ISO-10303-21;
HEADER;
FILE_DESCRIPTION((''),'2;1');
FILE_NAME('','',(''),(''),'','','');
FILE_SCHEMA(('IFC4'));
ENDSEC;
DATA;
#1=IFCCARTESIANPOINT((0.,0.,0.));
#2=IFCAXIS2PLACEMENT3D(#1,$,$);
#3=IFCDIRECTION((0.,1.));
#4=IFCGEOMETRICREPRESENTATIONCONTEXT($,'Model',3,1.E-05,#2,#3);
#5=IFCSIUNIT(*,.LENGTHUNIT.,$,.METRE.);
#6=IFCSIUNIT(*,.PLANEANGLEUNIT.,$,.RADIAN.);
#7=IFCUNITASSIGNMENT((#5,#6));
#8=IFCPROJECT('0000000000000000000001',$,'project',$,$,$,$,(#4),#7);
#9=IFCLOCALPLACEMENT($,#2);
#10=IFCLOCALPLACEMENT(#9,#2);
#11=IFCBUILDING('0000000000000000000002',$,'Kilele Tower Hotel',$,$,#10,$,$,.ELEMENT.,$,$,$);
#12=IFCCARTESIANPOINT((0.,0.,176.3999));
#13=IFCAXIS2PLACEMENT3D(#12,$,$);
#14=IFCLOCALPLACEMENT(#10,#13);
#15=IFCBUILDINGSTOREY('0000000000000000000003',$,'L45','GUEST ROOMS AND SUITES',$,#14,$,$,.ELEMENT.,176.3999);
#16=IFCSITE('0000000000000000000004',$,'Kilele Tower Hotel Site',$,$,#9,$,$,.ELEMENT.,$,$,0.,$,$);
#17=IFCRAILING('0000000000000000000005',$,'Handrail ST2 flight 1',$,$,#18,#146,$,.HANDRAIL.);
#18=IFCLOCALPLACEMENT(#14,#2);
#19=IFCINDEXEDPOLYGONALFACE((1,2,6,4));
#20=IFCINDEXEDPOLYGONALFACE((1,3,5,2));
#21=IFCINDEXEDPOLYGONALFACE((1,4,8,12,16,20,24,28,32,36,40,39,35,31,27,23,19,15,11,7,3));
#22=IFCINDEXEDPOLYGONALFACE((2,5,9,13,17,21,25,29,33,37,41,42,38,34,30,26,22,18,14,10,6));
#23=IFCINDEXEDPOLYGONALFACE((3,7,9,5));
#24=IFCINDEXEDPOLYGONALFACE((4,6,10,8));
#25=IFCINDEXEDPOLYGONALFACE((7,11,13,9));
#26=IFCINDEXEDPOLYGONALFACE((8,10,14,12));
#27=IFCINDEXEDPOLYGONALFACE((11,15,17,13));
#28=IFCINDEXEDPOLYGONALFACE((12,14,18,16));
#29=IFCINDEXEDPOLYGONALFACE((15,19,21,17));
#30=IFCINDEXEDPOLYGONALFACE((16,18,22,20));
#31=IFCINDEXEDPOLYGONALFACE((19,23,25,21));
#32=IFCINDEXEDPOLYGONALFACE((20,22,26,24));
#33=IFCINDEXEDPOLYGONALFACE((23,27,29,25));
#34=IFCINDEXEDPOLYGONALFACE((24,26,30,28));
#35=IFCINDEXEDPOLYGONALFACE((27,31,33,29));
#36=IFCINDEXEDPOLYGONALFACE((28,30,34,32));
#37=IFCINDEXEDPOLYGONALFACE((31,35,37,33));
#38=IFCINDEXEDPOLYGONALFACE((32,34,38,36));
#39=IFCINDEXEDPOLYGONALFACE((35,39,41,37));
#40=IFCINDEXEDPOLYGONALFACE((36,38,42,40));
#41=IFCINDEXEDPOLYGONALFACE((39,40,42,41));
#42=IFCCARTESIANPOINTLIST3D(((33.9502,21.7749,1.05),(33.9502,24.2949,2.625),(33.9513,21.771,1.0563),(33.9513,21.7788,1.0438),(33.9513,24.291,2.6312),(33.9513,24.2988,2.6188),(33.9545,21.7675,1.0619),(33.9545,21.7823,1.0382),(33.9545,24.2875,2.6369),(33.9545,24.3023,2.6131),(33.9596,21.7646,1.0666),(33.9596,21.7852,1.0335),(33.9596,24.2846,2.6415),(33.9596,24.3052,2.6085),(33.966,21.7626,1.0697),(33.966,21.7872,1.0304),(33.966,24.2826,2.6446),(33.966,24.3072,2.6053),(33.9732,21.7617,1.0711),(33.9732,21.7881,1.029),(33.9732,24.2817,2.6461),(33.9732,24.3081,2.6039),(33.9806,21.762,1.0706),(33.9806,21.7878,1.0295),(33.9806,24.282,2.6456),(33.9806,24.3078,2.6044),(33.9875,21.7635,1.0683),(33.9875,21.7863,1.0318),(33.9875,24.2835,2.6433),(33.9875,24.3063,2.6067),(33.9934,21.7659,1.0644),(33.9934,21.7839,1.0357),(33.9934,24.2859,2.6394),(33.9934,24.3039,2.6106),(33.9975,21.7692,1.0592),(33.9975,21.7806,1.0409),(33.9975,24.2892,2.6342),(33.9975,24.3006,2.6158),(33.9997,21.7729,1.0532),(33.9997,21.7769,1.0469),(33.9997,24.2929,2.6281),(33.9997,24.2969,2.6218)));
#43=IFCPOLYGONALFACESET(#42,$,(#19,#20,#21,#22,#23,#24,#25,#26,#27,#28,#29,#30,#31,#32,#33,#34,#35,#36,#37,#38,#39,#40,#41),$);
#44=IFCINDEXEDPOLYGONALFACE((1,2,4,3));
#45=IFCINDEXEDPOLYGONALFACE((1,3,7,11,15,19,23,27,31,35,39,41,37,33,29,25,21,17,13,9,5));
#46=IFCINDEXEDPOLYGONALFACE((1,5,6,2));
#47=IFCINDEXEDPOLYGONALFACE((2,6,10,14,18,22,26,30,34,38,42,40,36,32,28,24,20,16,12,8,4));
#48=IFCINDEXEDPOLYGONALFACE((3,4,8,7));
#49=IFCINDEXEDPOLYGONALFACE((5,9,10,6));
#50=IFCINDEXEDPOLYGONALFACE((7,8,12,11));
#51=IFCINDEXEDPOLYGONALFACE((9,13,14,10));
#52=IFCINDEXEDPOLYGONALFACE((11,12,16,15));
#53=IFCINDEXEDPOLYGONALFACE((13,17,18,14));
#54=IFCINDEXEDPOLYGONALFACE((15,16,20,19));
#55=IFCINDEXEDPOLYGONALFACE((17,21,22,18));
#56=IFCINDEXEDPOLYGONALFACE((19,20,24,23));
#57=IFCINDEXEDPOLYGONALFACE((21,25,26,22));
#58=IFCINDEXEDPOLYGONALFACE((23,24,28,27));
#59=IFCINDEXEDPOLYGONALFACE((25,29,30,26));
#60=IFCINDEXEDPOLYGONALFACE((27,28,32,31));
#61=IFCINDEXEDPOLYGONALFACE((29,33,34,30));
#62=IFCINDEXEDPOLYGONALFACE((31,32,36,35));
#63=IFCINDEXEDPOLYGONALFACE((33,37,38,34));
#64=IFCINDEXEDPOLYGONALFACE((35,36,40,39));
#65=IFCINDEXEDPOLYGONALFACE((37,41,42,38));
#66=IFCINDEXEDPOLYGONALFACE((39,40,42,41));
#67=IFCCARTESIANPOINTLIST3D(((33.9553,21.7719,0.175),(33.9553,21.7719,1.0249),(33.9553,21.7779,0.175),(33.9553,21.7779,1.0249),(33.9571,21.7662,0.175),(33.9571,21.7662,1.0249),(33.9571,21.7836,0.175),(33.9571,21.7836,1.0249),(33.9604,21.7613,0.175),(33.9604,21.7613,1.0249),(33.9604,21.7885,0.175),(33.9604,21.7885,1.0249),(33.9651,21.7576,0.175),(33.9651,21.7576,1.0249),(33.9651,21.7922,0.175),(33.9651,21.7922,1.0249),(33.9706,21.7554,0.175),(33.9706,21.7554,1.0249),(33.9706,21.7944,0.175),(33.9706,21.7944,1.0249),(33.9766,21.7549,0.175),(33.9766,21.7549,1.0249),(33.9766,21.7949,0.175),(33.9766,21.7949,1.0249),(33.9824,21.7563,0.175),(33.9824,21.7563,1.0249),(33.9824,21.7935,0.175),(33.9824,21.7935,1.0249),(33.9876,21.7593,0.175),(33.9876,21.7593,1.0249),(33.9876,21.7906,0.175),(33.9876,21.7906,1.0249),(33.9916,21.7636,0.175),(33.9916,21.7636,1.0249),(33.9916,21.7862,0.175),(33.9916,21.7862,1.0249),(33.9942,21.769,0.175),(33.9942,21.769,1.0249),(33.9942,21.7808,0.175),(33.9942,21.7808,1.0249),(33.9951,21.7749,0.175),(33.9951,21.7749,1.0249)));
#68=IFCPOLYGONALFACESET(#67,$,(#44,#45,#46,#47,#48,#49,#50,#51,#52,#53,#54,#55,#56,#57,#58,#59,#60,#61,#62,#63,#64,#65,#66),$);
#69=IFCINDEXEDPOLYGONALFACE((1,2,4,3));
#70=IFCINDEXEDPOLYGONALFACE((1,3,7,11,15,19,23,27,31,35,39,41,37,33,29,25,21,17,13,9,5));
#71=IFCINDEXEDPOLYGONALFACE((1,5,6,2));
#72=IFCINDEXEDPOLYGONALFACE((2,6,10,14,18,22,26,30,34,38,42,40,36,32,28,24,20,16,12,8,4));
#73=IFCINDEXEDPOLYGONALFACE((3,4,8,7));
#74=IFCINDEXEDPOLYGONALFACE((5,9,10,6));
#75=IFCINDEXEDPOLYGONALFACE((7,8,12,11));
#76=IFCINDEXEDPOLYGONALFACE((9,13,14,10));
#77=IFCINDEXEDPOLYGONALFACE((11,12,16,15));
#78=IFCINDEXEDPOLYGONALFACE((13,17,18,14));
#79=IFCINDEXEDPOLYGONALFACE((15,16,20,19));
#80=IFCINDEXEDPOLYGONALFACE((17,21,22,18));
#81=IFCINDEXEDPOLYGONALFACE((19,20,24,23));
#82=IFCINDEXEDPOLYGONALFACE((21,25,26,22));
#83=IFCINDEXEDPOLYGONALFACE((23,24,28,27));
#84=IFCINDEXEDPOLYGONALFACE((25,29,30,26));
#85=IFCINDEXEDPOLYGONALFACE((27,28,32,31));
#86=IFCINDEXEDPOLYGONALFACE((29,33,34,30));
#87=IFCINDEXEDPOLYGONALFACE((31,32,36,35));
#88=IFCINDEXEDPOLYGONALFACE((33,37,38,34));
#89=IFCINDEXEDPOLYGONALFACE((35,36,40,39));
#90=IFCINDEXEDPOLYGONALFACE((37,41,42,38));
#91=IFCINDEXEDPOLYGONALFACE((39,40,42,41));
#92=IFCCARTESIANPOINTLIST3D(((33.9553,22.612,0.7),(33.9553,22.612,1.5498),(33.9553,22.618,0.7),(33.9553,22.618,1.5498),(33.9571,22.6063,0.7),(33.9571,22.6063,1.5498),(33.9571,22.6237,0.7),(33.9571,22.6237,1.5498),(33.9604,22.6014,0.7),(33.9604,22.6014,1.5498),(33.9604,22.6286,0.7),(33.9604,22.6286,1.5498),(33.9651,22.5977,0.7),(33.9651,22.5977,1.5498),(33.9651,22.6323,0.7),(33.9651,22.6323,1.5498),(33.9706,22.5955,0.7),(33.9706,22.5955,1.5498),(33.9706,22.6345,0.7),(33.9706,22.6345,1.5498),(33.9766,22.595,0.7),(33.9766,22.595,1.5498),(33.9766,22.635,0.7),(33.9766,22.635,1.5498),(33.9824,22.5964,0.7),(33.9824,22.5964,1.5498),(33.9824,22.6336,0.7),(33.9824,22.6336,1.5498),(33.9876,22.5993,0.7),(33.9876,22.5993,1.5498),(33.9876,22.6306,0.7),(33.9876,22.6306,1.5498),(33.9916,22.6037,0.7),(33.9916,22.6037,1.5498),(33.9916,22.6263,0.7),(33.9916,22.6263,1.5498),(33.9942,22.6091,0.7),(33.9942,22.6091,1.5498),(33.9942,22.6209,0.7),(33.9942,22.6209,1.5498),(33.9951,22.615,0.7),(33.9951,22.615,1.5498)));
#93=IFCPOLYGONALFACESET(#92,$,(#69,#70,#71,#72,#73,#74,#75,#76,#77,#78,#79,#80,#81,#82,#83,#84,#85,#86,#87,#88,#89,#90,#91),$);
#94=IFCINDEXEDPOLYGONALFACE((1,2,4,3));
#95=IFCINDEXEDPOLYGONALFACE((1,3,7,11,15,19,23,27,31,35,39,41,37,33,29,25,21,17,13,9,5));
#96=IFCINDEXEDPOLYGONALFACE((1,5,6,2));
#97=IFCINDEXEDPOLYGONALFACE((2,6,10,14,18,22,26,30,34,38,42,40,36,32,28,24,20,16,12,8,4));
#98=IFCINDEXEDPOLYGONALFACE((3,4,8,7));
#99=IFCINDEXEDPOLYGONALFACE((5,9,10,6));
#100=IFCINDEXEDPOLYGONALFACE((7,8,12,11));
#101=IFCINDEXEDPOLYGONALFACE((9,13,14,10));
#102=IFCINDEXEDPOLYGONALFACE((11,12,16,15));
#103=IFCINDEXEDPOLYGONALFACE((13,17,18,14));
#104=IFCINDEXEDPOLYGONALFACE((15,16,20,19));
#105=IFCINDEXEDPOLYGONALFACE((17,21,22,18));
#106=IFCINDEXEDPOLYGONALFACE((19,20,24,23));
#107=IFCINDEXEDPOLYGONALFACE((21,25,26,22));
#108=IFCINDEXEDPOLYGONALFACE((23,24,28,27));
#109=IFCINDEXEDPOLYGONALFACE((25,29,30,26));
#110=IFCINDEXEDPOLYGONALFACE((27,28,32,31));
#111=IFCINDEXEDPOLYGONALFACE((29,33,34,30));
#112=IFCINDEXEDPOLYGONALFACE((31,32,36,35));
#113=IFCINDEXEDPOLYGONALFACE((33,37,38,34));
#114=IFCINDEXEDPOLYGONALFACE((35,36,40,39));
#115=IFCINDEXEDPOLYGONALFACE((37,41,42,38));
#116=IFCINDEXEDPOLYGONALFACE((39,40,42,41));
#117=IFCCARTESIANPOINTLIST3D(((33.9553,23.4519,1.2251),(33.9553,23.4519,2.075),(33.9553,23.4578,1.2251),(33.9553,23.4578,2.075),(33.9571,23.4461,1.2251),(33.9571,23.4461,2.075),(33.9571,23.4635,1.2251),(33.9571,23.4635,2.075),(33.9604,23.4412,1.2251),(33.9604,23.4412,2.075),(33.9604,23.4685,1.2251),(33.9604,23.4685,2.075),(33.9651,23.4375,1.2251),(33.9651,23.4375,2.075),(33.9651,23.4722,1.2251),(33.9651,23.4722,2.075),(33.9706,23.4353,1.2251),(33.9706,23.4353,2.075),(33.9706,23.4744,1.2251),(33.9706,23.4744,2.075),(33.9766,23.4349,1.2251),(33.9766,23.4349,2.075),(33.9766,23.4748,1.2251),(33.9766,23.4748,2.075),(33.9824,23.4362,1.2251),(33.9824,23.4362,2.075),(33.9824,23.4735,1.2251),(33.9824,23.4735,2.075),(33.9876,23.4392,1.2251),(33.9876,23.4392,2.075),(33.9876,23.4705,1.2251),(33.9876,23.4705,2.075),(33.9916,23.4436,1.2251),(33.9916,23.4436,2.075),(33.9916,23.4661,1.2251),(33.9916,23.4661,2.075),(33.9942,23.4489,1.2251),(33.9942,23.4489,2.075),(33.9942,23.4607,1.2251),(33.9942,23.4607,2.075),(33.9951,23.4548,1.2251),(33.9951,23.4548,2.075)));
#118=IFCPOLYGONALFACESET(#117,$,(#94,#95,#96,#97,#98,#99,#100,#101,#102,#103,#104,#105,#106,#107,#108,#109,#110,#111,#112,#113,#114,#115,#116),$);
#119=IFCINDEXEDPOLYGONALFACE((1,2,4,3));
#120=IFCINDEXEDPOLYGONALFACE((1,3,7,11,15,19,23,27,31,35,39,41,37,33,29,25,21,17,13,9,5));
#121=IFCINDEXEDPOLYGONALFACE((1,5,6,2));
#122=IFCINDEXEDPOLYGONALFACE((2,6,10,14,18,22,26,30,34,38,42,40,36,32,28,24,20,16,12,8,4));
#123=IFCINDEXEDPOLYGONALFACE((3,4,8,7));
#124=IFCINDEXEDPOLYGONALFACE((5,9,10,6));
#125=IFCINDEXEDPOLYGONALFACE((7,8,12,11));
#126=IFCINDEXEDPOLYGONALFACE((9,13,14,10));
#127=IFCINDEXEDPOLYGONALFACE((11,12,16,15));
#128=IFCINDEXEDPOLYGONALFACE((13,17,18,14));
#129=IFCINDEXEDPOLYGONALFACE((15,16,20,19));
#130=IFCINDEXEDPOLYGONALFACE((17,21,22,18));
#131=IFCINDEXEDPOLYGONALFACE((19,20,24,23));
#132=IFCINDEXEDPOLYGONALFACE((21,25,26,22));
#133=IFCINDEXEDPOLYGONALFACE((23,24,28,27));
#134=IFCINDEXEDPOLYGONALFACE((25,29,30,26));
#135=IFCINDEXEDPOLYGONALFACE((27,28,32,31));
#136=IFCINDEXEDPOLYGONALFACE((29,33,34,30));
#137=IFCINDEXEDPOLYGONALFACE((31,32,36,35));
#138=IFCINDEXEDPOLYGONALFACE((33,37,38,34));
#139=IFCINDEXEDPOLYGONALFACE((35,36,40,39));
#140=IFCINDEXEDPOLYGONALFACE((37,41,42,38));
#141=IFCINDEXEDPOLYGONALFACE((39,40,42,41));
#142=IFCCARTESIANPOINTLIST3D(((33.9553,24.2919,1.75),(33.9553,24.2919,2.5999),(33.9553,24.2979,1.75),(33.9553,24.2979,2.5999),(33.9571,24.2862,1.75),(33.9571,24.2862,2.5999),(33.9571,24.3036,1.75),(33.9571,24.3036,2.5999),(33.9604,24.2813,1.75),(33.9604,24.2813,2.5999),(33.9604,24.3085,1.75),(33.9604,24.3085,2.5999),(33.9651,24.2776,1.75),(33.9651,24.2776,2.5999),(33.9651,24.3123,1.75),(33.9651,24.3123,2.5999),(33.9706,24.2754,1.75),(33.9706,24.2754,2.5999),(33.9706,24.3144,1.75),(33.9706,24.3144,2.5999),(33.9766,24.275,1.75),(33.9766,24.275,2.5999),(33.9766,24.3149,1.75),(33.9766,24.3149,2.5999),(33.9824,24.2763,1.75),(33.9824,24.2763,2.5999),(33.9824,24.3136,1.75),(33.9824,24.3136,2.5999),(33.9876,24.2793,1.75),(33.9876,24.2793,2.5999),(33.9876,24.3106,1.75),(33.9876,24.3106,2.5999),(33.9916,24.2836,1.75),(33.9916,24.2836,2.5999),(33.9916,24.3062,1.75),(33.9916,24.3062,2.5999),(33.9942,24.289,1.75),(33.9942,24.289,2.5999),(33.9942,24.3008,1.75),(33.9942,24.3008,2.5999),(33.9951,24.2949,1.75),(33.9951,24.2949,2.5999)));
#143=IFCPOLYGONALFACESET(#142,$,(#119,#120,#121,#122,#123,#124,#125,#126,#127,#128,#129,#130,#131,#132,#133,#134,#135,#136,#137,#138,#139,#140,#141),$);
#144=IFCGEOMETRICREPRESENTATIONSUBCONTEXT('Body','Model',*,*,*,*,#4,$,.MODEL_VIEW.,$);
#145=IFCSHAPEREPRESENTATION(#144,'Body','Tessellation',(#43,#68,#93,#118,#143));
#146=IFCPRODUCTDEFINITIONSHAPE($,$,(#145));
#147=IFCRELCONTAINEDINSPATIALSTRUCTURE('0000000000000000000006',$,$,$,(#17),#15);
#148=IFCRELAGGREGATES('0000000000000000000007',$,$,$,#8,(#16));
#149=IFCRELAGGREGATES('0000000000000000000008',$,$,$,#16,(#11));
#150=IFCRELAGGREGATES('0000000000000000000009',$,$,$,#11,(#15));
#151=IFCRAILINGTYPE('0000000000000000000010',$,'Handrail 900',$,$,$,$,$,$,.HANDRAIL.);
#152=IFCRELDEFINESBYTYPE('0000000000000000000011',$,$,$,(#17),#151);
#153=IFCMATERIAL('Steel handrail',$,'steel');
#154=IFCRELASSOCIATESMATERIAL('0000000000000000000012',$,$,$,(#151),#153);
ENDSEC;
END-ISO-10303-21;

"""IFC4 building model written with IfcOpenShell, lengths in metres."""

from ifc_helpers import new_model, si_unit, direction, frame, origin, origin_2d, place, context, subcontext, project, spatial, circle, extrude, material, type_object, element, save


model = new_model("IFC4")

# Units and contexts
model_context = context("Model", 3, precision=1e-05, world=origin(), true_north=direction((0.0, 1.0)))
body_context = subcontext(model_context, "Body", "Model", "MODEL_VIEW")
ifc_project = project(units=[si_unit("LENGTHUNIT", "METRE"), si_unit("PLANEANGLEUNIT", "RADIAN")], contexts=[model_context])

# Site, building, storey
site_placement = place(None, origin())
site = spatial("IfcSite", under=ifc_project, at=site_placement, Name="Kilele Tower Hotel Site", CompositionType="ELEMENT", RefElevation=0.0)
building_placement = place(site_placement, origin())
building = spatial("IfcBuilding", under=site, at=building_placement, Name="Kilele Tower Hotel", CompositionType="ELEMENT")
storey_placement = place(building_placement, frame((0.0, 0.0, 176.3999)))
storey = spatial("IfcBuildingStorey", under=building, at=storey_placement, Name="L45", Description="GUEST ROOMS AND SUITES", CompositionType="ELEMENT", Elevation=176.3999)

# Railing
ifc_material_1 = material(Name="Steel handrail", Category="steel")
railing_type_1 = type_object("IfcRailingType", Name="Handrail 900", PredefinedType="HANDRAIL", material=ifc_material_1)
for number, where, name in (
    (1, (33.9751, 21.7749, 0.175), "Handrail ST2 flight 1"),
):
    element("IfcRailing", number, at=place(storey_placement, frame(where)), inside=storey, type_object=railing_type_1, Name=name, PredefinedType="HANDRAIL", context=body_context, shape_type="SweptSolid", body=[
        extrude(circle(Radius=0.0249, at=origin_2d()), frame((0.0, 0.0, 0.875), z_axis=(0.0, 0.848008, 0.529984), x_axis=(-1.0, 0.0, 0.0)), (0.0, 0.0, 1.0), 2.9717),
        extrude(circle(Radius=0.02, at=origin_2d()), origin(), (0.0, 0.0, 1.0), 0.8499),
        extrude(circle(Radius=0.02, at=origin_2d()), frame((0.0, 0.8401, 0.5249)), (0.0, 0.0, 1.0), 0.8499),
        extrude(circle(Radius=0.02, at=origin_2d()), frame((0.0, 1.6799, 1.05)), (0.0, 0.0, 1.0), 0.8499),
        extrude(circle(Radius=0.02, at=origin_2d()), frame((0.0, 2.52, 1.575)), (0.0, 0.0, 1.0), 0.8499),
    ])

save(model, "model.ifc")
